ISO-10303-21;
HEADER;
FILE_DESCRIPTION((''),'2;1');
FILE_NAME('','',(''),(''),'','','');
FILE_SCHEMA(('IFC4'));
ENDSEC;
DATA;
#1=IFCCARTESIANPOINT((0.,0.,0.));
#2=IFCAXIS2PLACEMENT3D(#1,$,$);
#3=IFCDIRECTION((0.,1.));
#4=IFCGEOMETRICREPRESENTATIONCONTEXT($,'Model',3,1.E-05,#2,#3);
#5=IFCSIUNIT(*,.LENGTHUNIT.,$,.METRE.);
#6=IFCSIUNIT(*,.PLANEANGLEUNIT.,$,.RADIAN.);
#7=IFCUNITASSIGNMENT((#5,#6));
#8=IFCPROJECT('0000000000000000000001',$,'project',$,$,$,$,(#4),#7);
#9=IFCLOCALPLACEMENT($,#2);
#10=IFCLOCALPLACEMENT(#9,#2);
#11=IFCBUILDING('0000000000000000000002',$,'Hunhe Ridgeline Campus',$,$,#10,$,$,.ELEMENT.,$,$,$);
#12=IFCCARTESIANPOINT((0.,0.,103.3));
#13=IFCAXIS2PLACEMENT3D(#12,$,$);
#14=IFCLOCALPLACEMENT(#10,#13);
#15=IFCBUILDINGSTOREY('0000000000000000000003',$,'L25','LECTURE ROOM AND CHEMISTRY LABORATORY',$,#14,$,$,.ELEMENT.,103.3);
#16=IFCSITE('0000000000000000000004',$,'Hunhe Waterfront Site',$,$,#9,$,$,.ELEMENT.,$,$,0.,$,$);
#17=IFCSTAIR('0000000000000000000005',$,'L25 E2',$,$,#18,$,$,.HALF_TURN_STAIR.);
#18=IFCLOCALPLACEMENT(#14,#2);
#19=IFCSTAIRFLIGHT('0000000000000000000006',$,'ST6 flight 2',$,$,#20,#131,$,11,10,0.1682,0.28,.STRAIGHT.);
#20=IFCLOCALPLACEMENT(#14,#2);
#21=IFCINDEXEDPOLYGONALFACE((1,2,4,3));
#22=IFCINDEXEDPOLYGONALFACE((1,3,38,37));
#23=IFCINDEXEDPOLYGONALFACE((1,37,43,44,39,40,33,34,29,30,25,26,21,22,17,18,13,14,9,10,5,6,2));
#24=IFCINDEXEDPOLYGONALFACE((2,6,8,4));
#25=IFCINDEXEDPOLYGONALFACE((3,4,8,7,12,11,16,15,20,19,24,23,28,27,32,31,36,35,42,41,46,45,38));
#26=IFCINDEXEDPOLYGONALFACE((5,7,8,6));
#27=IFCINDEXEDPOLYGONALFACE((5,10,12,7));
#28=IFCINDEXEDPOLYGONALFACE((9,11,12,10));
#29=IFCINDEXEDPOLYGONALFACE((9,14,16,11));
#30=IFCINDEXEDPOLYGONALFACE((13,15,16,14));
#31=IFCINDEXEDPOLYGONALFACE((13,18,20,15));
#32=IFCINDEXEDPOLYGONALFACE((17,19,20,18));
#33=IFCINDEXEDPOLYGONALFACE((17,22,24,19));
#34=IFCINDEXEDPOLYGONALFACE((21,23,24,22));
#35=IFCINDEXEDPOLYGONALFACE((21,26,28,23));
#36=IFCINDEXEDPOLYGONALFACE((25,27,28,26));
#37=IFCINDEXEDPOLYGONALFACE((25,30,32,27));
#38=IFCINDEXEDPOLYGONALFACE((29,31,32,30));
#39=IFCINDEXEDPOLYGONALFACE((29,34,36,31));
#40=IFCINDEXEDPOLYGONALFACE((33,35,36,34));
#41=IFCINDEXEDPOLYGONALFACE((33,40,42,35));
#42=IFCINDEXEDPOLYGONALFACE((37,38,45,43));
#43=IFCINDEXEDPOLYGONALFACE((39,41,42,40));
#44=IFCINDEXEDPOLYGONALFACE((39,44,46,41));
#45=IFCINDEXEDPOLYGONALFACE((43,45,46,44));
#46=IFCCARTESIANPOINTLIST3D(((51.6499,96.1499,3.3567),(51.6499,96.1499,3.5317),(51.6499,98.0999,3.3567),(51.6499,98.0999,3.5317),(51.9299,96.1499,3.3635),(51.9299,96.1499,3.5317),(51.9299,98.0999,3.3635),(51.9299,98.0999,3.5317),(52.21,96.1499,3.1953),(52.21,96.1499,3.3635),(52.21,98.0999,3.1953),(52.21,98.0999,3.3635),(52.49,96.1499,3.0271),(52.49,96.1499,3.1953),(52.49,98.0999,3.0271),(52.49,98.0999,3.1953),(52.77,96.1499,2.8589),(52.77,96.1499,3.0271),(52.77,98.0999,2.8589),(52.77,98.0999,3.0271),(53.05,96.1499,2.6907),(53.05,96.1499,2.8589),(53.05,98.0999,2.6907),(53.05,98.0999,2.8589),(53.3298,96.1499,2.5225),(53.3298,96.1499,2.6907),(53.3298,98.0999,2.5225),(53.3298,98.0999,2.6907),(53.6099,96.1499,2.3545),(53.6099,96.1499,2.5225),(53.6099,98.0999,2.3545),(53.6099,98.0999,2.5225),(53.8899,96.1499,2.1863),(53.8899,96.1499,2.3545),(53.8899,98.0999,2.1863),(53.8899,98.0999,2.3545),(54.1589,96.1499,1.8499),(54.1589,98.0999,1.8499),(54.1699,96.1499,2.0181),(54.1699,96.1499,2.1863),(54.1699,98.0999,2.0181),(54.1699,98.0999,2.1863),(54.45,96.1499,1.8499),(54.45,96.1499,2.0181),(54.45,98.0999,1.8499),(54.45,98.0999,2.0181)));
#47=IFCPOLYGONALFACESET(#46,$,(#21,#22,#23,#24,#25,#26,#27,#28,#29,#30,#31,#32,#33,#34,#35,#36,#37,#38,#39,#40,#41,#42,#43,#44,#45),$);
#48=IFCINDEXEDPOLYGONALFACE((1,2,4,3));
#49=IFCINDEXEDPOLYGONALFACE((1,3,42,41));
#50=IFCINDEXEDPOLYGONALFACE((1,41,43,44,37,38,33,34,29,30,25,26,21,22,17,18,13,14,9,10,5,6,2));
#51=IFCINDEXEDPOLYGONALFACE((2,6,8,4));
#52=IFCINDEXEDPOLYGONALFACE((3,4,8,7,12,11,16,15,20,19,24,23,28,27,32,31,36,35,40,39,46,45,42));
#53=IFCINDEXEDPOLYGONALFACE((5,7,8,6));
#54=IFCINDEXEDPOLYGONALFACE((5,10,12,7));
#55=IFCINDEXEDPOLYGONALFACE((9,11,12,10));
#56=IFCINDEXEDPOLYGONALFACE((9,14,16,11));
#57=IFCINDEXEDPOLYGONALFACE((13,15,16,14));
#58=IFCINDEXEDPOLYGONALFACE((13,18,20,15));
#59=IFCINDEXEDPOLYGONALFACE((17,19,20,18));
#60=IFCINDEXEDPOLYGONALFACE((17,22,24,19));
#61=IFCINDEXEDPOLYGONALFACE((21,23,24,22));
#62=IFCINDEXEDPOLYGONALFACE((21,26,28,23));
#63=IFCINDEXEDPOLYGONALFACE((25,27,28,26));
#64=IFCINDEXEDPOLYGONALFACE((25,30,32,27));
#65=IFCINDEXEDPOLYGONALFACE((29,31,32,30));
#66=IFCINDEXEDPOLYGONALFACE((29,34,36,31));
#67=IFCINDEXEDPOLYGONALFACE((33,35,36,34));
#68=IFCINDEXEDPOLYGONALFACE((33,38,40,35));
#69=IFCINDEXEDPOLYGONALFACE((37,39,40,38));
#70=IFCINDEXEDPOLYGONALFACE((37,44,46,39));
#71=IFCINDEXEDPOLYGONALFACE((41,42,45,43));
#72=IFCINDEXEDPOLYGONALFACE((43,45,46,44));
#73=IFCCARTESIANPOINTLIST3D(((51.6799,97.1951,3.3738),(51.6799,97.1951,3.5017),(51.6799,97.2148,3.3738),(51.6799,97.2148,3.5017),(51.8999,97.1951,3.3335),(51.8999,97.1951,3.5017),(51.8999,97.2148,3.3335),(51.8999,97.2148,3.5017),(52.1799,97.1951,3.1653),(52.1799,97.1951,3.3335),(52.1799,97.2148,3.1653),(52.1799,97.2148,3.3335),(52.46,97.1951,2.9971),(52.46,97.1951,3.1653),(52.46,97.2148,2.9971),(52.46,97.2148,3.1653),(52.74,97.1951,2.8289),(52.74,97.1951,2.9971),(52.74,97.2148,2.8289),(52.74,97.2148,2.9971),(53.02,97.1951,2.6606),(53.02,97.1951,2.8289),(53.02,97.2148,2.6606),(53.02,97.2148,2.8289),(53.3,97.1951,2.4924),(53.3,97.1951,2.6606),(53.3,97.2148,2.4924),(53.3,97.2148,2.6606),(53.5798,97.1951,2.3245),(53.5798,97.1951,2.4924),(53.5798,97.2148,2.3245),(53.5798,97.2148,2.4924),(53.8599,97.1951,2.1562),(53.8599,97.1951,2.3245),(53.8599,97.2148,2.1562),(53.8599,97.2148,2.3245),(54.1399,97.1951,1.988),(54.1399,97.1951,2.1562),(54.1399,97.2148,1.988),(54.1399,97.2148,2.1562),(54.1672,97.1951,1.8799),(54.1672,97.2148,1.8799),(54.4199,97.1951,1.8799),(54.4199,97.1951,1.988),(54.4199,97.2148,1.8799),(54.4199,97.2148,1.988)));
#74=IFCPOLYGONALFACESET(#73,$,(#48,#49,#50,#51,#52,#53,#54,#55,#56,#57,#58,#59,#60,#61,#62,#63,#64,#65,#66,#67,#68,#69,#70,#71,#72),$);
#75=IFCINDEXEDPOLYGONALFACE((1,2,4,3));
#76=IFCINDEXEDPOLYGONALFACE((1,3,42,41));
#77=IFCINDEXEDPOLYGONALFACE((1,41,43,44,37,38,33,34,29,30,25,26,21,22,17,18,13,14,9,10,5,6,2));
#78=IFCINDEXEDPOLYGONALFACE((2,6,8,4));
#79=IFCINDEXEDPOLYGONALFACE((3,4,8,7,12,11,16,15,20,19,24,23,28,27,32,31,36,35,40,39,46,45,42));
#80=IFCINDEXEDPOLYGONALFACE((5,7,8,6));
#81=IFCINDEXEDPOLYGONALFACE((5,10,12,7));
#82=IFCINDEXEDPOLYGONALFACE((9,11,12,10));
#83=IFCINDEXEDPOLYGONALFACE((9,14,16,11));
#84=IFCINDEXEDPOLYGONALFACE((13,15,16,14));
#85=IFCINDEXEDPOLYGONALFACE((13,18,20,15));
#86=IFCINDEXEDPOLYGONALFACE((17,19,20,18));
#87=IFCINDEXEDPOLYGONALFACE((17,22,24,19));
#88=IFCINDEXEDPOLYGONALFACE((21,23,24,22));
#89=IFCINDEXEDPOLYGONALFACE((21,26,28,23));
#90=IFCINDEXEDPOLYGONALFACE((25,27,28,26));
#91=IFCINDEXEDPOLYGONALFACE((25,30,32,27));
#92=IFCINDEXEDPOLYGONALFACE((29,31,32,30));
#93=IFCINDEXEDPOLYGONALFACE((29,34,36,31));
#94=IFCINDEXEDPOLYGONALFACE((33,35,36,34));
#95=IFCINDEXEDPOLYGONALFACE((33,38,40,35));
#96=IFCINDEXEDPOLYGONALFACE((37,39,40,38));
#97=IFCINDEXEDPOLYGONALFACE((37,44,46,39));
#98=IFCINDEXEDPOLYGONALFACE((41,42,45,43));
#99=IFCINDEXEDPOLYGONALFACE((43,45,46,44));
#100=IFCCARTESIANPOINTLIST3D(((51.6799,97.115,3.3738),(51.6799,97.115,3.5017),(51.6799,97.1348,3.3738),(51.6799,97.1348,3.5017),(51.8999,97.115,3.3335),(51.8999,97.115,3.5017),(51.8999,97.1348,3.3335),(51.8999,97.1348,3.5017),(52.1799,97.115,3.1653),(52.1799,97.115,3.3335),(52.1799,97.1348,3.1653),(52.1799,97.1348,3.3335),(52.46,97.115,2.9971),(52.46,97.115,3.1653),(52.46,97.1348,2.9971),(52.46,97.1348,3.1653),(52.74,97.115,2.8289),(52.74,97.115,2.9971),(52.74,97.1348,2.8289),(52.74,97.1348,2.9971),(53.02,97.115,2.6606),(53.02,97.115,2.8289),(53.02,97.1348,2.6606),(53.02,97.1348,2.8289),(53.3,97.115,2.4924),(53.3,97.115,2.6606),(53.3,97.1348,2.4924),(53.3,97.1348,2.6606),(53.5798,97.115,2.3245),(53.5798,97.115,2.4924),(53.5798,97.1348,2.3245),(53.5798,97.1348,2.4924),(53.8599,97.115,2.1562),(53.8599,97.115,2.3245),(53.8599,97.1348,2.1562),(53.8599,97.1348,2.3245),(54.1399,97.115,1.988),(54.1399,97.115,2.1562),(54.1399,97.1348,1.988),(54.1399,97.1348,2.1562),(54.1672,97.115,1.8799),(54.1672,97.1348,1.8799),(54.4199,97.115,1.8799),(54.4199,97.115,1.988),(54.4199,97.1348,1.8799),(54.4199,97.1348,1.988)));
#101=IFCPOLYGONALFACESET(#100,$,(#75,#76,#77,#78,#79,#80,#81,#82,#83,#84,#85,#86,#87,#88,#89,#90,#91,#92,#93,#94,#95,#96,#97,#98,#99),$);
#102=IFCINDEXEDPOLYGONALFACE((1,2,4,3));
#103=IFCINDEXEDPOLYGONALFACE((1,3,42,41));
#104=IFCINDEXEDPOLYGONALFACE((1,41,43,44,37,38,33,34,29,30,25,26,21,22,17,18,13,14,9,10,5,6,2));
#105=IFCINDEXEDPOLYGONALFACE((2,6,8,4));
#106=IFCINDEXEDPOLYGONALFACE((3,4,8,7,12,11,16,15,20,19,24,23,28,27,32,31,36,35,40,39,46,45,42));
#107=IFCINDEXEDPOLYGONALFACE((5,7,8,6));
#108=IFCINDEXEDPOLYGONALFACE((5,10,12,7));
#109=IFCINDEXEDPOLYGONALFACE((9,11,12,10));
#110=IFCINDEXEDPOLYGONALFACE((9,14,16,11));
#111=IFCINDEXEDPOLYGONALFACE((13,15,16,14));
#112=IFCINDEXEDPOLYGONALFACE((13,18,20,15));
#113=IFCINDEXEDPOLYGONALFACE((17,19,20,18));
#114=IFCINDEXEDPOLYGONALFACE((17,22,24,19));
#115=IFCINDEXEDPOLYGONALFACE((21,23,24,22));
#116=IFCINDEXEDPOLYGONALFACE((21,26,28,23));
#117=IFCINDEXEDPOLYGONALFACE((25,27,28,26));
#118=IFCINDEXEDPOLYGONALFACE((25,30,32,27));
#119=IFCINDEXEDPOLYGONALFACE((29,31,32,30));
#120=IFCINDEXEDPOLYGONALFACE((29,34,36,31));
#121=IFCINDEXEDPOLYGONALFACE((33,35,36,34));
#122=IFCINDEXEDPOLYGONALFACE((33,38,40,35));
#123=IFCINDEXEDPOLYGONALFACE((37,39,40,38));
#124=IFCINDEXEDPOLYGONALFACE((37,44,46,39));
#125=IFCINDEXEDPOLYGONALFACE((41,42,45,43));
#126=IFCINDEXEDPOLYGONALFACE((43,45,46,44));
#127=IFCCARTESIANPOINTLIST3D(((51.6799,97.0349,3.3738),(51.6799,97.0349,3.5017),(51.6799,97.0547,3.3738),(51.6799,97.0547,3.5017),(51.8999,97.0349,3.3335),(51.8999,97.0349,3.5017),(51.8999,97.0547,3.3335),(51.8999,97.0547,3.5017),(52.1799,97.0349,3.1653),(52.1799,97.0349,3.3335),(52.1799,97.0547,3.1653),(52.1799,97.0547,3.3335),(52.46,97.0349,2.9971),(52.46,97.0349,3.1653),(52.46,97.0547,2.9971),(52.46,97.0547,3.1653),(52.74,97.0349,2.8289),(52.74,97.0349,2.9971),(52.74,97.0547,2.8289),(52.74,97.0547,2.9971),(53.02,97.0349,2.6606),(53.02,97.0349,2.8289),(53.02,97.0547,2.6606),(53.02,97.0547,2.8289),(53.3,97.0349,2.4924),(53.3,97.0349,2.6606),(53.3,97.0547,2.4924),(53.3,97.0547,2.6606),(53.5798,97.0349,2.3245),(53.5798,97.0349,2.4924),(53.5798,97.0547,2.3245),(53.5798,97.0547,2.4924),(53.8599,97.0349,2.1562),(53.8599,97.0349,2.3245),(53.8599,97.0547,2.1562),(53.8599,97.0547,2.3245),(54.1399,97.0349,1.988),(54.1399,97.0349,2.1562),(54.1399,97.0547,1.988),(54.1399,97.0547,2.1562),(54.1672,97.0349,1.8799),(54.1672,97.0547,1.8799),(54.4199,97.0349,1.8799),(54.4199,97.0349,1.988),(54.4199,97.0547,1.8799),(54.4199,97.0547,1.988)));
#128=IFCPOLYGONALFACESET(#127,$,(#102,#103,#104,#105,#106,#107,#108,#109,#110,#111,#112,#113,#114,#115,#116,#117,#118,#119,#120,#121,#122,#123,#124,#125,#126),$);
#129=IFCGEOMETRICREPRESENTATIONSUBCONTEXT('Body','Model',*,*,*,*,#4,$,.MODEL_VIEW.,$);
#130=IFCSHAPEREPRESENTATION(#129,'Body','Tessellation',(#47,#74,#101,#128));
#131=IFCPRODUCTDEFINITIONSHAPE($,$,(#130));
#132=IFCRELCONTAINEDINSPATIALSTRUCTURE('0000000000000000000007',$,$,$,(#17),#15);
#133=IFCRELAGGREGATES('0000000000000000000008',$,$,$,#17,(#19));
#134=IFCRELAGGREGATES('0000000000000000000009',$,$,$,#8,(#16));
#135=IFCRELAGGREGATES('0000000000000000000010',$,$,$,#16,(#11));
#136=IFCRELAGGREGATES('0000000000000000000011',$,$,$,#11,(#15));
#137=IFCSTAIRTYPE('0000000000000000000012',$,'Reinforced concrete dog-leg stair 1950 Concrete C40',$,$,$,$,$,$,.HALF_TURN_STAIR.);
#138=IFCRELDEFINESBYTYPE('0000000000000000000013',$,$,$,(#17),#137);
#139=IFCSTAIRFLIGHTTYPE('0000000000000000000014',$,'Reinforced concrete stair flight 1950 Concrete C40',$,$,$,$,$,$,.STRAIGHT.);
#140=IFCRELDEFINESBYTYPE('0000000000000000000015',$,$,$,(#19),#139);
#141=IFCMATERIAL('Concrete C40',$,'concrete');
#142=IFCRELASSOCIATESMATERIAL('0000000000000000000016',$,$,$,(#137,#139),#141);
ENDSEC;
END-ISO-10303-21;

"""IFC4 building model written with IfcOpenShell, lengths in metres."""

from ifc_helpers import new_model, si_unit, direction, frame, origin, place, context, subcontext, project, spatial, polyline, outline, extrude, material, type_object, element, aggregate, save


model = new_model("IFC4")

# Units and contexts
model_context = context("Model", 3, precision=1e-05, world=origin(), true_north=direction((0.0, 1.0)))
body_context = subcontext(model_context, "Body", "Model", "MODEL_VIEW")
ifc_project = project(units=[si_unit("LENGTHUNIT", "METRE"), si_unit("PLANEANGLEUNIT", "RADIAN")], contexts=[model_context])

# Site, building, storey
site_placement = place(None, origin())
site = spatial("IfcSite", under=ifc_project, at=site_placement, Name="Hunhe Waterfront Site", CompositionType="ELEMENT", RefElevation=0.0)
building_placement = place(site_placement, origin())
building = spatial("IfcBuilding", under=site, at=building_placement, Name="Hunhe Ridgeline Campus", CompositionType="ELEMENT")
storey_placement = place(building_placement, frame((0.0, 0.0, 103.3)))
storey = spatial("IfcBuildingStorey", under=building, at=storey_placement, Name="L25", Description="LECTURE ROOM AND CHEMISTRY LABORATORY", CompositionType="ELEMENT", Elevation=103.3)

# Stair, stair flight
ifc_material_1 = material(Name="Concrete C40", Category="concrete")
stair_type = type_object("IfcStairType", Name="Reinforced concrete dog-leg stair 1950 Concrete C40", PredefinedType="HALF_TURN_STAIR", material=ifc_material_1)
stair_1_placement = place(storey_placement, origin())
stair_1 = element("IfcStair", 1, at=stair_1_placement, inside=storey, type_object=stair_type, Name="L25 E2", PredefinedType="HALF_TURN_STAIR")
stair_flight_type = type_object("IfcStairFlightType", Name="Reinforced concrete stair flight 1950 Concrete C40", PredefinedType="STRAIGHT", material=ifc_material_1)
stair_flight_1_placement = place(storey_placement, frame((54.45, 97.125, 1.8499), z_axis=(0.0, 0.0, 1.0), x_axis=(-1.0, 0.0, 0.0)))
stair_flight_1 = element("IfcStairFlight", 2, at=stair_flight_1_placement, type_object=stair_flight_type, Name="ST6 flight 2", NumberOfRisers=11, NumberOfTreads=10, PredefinedType="STRAIGHT", RiserHeight=0.1682, TreadLength=0.28, context=body_context, shape_type="SweptSolid", body=[
    extrude(outline(polyline([(0.0, 0.0), (0.0, 0.1682), (0.28, 0.1682), (0.28, 0.3364), (0.5601, 0.3364), (0.5601, 0.5046), (0.8401, 0.5046), (0.8401, 0.6726), (1.1201, 0.6726), (1.1201, 0.8408), (1.3999, 0.8408), (1.3999, 1.009), (1.6799, 1.009), (1.6799, 1.1772), (1.96, 1.1772), (1.96, 1.3455), (2.24, 1.3455), (2.24, 1.5137), (2.52, 1.5137), (2.52, 1.6819), (2.8, 1.6819), (2.8, 1.8501), (2.8, 1.5068), (0.291, 0.0), (0.0, 0.0)])), frame((0.0, 0.9751, 0.0), z_axis=(0.0, -1.0, 0.0), x_axis=(1.0, 0.0, 0.0)), (0.0, 0.0, 1.0), 1.95),
    extrude(outline(polyline([(0.03, 0.03), (0.03, 0.1382), (0.3101, 0.1382), (0.3101, 0.3064), (0.5901, 0.3064), (0.5901, 0.4746), (0.8701, 0.4746), (0.8701, 0.6426), (1.1499, 0.6426), (1.1499, 0.8108), (1.4299, 0.8108), (1.4299, 0.979), (1.71, 0.979), (1.71, 1.1472), (1.99, 1.1472), (1.99, 1.3154), (2.27, 1.3154), (2.27, 1.4836), (2.55, 1.4836), (2.55, 1.6519), (2.77, 1.6519), (2.77, 1.5239), (0.2827, 0.03), (0.03, 0.03)])), frame((0.0, -0.0701, 0.0), z_axis=(0.0, -1.0, 0.0), x_axis=(1.0, 0.0, 0.0)), (0.0, 0.0, 1.0), 0.0198),
    extrude(outline(polyline([(0.03, 0.03), (0.03, 0.1382), (0.3101, 0.1382), (0.3101, 0.3064), (0.5901, 0.3064), (0.5901, 0.4746), (0.8701, 0.4746), (0.8701, 0.6426), (1.1499, 0.6426), (1.1499, 0.8108), (1.4299, 0.8108), (1.4299, 0.979), (1.71, 0.979), (1.71, 1.1472), (1.99, 1.1472), (1.99, 1.3154), (2.27, 1.3154), (2.27, 1.4836), (2.55, 1.4836), (2.55, 1.6519), (2.77, 1.6519), (2.77, 1.5239), (0.2827, 0.03), (0.03, 0.03)])), frame((0.0, 0.01, 0.0), z_axis=(0.0, -1.0, 0.0), x_axis=(1.0, 0.0, 0.0)), (0.0, 0.0, 1.0), 0.0198),
    extrude(outline(polyline([(0.03, 0.03), (0.03, 0.1382), (0.3101, 0.1382), (0.3101, 0.3064), (0.5901, 0.3064), (0.5901, 0.4746), (0.8701, 0.4746), (0.8701, 0.6426), (1.1499, 0.6426), (1.1499, 0.8108), (1.4299, 0.8108), (1.4299, 0.979), (1.71, 0.979), (1.71, 1.1472), (1.99, 1.1472), (1.99, 1.3154), (2.27, 1.3154), (2.27, 1.4836), (2.55, 1.4836), (2.55, 1.6519), (2.77, 1.6519), (2.77, 1.5239), (0.2827, 0.03), (0.03, 0.03)])), frame((0.0, 0.0901, 0.0), z_axis=(0.0, -1.0, 0.0), x_axis=(1.0, 0.0, 0.0)), (0.0, 0.0, 1.0), 0.0198),
])
aggregate(stair_1, [stair_flight_1])

save(model, "model.ifc")
